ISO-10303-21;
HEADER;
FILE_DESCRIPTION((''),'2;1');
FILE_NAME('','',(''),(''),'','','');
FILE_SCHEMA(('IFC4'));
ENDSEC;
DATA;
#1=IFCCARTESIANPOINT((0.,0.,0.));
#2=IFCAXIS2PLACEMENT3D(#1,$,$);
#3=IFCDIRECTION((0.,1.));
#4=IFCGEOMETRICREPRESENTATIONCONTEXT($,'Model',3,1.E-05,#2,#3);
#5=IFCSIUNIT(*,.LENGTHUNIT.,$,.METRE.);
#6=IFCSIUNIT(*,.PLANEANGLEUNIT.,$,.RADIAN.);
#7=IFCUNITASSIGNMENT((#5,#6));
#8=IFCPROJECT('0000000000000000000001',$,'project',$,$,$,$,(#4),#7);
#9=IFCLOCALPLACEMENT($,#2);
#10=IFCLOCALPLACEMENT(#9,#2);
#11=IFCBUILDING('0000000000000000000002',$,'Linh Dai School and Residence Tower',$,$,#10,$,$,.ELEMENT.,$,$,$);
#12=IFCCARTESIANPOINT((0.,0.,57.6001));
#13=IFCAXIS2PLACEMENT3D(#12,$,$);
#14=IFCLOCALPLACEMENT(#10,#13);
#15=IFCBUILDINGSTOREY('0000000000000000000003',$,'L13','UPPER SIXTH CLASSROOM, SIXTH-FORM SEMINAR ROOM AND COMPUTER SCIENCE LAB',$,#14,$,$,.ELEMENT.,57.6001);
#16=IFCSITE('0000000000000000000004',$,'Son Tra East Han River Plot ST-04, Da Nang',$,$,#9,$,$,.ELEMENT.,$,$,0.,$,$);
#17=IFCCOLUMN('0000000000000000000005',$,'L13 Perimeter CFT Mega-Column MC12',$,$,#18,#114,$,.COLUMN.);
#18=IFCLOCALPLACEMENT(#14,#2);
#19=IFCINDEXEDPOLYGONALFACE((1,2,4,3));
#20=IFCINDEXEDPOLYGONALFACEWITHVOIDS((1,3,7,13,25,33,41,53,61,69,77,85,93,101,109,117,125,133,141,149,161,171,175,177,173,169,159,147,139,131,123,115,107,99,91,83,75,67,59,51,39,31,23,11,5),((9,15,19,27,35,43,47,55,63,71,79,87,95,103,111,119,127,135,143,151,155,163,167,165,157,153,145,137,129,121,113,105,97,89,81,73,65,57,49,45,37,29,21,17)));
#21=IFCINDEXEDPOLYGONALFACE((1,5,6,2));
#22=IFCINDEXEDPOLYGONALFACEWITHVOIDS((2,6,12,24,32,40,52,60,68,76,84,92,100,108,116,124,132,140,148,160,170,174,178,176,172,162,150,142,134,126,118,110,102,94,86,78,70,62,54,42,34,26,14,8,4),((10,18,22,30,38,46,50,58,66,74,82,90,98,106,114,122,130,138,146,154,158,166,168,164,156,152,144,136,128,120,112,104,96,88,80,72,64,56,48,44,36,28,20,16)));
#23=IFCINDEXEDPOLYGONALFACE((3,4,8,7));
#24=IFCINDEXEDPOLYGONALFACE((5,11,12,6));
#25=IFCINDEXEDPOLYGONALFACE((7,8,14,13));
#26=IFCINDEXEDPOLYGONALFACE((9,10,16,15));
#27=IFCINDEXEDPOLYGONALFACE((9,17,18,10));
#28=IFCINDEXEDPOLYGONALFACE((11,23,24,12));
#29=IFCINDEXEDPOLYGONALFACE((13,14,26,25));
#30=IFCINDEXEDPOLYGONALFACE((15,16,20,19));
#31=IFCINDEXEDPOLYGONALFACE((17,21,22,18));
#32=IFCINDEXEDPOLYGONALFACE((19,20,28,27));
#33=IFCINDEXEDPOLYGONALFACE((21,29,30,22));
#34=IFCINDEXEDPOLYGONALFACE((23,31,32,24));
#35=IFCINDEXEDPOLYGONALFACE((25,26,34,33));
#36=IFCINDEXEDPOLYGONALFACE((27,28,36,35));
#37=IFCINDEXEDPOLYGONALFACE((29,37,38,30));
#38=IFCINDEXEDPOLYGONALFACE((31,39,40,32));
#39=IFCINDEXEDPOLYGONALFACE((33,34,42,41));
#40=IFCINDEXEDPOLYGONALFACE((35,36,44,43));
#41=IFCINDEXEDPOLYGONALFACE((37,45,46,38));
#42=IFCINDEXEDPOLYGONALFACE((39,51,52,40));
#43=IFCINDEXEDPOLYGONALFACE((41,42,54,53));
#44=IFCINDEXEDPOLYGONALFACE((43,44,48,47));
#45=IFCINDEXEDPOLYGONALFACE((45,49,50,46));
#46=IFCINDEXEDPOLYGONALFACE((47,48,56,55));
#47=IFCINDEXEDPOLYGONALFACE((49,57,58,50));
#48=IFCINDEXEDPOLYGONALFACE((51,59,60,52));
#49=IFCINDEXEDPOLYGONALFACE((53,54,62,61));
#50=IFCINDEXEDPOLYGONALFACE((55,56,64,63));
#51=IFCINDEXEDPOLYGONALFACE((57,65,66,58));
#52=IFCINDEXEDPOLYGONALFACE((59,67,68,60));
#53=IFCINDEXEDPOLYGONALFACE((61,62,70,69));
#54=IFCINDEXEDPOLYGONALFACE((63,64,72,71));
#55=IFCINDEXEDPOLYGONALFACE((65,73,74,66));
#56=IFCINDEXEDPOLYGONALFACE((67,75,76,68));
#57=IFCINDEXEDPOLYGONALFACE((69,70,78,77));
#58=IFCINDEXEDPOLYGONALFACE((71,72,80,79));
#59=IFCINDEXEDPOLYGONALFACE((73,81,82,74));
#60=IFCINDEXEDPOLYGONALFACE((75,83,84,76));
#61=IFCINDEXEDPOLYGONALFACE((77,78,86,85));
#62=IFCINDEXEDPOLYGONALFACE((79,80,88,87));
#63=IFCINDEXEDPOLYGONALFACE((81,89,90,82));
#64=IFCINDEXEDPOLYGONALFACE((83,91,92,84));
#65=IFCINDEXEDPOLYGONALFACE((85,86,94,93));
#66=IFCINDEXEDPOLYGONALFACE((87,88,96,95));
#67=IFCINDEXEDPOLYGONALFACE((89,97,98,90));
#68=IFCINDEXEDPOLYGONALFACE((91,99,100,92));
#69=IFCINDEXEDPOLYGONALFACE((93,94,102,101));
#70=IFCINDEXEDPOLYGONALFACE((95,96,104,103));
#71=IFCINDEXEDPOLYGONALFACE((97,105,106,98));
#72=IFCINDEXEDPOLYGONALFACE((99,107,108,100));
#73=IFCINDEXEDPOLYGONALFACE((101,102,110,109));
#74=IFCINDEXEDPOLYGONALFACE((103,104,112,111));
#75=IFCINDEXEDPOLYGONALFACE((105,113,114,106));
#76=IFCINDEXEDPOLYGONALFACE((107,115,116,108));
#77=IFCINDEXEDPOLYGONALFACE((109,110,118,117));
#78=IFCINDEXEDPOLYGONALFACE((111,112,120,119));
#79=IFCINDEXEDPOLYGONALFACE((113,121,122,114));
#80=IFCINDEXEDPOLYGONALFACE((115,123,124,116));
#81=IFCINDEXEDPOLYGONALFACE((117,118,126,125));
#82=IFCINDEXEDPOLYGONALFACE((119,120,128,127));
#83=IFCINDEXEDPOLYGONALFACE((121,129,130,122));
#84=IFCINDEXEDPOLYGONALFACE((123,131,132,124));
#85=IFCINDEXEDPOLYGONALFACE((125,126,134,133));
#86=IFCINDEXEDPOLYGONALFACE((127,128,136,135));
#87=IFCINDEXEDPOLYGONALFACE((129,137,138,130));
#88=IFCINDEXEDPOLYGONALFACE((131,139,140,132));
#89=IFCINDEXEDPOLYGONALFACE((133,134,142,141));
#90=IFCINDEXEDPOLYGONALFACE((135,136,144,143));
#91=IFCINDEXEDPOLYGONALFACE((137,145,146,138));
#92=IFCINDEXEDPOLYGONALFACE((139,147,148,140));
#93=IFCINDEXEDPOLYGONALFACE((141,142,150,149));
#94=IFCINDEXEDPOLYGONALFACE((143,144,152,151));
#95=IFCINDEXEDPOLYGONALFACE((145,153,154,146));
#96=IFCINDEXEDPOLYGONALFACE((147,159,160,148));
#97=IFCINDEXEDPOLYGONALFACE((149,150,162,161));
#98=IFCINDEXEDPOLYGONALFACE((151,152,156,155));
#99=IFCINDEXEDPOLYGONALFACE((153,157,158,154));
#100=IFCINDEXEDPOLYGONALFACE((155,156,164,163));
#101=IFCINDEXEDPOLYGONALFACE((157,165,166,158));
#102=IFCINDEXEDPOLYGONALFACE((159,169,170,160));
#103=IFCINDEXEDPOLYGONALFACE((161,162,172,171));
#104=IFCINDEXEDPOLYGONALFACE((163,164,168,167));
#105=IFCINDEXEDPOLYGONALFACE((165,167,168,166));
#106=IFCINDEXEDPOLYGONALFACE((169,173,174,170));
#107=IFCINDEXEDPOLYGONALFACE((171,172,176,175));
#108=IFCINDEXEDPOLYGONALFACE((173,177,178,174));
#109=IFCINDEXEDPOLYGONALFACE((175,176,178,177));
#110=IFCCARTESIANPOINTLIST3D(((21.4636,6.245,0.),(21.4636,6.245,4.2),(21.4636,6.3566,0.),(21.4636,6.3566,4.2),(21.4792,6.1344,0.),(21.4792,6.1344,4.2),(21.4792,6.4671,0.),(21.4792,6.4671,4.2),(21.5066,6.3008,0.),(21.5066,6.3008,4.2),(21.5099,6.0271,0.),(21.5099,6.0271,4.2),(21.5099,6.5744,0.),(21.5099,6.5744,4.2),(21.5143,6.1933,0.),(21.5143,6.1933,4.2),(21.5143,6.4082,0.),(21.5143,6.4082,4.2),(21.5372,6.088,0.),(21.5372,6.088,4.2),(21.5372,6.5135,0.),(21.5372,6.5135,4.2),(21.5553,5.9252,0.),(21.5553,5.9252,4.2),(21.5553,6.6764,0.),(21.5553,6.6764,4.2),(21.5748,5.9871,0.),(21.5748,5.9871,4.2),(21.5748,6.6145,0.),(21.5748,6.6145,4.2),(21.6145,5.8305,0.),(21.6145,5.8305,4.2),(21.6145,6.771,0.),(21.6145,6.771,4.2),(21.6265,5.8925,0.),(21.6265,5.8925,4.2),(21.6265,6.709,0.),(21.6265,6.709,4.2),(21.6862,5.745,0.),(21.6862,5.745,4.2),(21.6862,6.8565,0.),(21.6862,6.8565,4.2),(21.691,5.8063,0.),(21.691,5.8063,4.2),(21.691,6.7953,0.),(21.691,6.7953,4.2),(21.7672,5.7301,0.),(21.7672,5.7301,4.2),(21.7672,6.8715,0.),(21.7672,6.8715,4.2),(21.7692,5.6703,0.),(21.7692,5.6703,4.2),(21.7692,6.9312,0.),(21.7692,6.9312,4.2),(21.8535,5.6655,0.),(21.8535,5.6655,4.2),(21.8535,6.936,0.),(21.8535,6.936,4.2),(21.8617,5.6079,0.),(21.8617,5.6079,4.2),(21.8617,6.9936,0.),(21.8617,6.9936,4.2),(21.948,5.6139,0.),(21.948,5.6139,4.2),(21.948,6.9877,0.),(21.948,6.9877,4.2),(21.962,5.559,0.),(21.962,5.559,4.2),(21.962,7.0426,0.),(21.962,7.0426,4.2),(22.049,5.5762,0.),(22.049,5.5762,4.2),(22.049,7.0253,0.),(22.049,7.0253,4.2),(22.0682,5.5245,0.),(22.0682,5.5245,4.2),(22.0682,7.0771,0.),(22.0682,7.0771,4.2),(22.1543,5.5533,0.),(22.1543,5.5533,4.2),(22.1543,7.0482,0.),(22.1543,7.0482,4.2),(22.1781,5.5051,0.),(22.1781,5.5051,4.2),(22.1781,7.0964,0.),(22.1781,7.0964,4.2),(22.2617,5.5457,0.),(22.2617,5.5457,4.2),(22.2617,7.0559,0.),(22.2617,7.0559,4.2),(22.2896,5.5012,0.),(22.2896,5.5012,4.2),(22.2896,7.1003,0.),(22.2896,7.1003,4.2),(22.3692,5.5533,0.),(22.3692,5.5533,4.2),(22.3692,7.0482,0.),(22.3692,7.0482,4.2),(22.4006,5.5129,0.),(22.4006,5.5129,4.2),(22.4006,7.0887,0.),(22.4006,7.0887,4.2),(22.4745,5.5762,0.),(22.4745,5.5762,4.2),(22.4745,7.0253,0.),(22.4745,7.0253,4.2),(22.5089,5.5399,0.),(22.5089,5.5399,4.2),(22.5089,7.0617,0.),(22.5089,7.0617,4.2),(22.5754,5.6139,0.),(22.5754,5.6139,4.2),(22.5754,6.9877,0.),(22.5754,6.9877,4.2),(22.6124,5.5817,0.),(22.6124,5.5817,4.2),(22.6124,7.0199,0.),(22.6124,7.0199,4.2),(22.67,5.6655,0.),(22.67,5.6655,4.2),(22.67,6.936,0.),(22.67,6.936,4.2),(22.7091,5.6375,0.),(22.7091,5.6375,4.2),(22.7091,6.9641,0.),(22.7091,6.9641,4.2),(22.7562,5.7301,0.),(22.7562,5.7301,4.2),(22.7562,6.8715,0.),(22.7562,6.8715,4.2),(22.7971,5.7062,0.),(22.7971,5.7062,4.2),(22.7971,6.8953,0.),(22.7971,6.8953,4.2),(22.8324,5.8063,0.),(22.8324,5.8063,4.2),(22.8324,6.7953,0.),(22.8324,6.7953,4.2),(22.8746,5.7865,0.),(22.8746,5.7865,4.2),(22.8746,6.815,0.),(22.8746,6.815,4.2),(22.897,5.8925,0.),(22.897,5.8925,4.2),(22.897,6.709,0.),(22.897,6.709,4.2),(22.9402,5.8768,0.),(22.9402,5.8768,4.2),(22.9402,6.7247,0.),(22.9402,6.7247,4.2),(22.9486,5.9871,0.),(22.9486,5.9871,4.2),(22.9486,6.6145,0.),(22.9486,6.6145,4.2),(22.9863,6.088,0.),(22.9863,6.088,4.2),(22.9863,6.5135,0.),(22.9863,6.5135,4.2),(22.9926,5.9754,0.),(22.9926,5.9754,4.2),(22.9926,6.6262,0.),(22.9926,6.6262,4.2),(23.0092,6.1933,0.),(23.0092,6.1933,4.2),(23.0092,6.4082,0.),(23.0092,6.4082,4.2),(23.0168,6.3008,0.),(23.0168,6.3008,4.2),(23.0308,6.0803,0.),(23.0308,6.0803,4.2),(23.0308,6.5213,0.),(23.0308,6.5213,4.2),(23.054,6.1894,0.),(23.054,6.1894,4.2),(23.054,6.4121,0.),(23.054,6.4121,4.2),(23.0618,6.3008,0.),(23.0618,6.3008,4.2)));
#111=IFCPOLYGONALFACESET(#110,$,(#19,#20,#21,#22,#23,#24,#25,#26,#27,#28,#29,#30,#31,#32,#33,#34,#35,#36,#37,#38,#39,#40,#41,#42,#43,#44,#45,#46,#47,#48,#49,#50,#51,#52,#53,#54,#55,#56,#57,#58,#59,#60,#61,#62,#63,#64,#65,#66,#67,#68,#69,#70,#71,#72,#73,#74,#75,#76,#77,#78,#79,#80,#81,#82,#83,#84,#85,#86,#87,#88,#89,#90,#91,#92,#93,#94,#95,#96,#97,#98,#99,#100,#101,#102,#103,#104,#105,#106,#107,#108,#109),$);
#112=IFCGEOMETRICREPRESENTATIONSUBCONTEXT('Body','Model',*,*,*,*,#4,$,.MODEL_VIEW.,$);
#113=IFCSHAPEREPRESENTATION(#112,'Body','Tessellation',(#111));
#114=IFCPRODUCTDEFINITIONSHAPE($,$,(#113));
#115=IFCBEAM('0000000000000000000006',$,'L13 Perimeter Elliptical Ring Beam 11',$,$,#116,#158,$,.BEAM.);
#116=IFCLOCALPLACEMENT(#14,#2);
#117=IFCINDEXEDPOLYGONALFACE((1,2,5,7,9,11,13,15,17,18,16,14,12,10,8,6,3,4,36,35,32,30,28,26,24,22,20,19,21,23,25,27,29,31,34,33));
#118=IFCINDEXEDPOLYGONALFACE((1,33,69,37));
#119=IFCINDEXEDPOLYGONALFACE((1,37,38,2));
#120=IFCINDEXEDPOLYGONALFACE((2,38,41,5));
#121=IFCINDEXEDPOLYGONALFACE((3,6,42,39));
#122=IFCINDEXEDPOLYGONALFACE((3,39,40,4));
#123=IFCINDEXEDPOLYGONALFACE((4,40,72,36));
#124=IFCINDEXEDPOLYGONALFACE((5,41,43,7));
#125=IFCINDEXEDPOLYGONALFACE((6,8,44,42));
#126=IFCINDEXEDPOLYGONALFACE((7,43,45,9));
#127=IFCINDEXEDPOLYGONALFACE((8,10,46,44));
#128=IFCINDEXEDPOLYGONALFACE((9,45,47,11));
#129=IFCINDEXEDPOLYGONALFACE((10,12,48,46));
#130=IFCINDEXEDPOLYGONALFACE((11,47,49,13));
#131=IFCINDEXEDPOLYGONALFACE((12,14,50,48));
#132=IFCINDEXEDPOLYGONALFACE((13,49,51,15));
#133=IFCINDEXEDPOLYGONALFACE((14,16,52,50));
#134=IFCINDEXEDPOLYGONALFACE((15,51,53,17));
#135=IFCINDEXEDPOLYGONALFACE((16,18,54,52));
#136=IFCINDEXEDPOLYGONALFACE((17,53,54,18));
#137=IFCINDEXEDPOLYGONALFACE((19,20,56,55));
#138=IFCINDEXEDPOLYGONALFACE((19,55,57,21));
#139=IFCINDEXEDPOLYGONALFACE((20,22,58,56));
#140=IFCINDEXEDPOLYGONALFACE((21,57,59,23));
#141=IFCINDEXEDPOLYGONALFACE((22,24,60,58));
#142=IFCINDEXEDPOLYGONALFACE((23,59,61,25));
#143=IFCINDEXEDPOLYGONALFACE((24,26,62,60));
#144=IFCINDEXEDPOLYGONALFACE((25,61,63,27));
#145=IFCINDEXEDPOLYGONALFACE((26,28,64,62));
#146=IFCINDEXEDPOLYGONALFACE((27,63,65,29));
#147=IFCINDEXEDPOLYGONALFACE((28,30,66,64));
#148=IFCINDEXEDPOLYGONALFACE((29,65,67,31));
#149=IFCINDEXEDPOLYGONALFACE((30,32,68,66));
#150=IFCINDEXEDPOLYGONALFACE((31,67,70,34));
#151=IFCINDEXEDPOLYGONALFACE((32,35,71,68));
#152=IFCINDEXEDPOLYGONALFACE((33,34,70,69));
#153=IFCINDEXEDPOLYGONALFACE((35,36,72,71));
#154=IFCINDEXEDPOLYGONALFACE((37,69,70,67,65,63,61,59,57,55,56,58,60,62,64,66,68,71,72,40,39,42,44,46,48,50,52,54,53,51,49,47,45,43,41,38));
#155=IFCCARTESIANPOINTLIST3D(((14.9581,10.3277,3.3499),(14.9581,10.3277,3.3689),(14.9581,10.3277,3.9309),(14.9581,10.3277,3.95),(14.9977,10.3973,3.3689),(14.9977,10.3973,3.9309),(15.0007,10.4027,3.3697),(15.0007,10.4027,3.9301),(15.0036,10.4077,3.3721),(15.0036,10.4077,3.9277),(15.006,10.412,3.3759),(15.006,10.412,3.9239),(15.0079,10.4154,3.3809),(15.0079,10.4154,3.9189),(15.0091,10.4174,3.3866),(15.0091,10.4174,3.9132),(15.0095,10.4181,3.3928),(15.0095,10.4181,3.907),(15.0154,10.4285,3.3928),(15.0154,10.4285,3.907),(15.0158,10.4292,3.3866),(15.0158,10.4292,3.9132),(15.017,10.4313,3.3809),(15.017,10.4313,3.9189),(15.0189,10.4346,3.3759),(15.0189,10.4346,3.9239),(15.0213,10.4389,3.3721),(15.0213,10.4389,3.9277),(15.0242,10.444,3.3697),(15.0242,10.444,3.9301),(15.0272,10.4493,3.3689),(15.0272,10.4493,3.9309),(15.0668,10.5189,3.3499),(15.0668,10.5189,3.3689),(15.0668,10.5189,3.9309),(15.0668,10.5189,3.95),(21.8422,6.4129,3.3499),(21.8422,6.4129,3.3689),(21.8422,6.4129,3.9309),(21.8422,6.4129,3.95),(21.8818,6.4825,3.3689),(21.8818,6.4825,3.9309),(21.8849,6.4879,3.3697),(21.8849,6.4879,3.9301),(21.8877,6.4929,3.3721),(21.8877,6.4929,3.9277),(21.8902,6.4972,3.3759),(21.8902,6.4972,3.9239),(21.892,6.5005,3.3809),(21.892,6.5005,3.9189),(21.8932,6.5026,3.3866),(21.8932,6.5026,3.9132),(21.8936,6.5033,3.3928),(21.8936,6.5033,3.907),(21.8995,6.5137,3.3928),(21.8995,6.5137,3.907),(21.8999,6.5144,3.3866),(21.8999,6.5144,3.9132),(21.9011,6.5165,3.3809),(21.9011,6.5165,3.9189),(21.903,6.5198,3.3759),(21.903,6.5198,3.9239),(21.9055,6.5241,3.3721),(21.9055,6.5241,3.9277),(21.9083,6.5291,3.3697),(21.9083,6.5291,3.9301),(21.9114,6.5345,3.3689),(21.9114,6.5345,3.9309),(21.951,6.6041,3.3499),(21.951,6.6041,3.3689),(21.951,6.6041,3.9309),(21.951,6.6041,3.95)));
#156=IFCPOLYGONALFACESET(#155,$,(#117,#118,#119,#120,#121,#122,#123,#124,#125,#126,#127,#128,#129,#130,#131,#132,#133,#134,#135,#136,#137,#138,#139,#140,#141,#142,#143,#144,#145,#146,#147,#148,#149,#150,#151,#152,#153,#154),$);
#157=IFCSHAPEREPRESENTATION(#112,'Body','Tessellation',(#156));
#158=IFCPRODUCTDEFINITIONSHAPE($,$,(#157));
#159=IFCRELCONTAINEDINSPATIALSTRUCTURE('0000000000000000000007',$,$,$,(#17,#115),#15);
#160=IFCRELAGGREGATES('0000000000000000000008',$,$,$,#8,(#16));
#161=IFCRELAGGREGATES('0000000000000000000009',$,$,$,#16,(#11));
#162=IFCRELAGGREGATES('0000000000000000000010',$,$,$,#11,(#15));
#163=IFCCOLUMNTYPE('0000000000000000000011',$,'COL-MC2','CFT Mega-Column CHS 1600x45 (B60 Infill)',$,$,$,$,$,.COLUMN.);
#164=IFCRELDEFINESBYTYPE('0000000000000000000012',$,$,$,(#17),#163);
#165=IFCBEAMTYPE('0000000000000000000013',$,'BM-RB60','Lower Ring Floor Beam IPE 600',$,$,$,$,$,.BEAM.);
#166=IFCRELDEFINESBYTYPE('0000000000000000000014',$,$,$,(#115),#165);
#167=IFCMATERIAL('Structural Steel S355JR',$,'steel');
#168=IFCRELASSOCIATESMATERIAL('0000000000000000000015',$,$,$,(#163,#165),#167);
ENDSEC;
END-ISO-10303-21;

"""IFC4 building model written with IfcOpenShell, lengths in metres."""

from ifc_helpers import new_model, si_unit, direction, frame, origin, origin_2d, place, context, subcontext, project, spatial, hollow_circle, i_section, extrude, material, material_profile, profile_set, type_object, element, save


model = new_model("IFC4")

# Units and contexts
model_context = context("Model", 3, precision=1e-05, world=origin(), true_north=direction((0.0, 1.0)))
body_context = subcontext(model_context, "Body", "Model", "MODEL_VIEW")
ifc_project = project(units=[si_unit("LENGTHUNIT", "METRE"), si_unit("PLANEANGLEUNIT", "RADIAN")], contexts=[model_context])

# Site, building, storey
site_placement = place(None, origin())
site = spatial("IfcSite", under=ifc_project, at=site_placement, Name="Son Tra East Han River Plot ST-04, Da Nang", CompositionType="ELEMENT", RefElevation=0.0)
building_placement = place(site_placement, origin())
building = spatial("IfcBuilding", under=site, at=building_placement, Name="Linh Dai School and Residence Tower", CompositionType="ELEMENT")
storey_placement = place(building_placement, frame((0.0, 0.0, 57.6001)))
storey = spatial("IfcBuildingStorey", under=building, at=storey_placement, Name="L13", Description="UPPER SIXTH CLASSROOM, SIXTH-FORM SEMINAR ROOM AND COMPUTER SCIENCE LAB", CompositionType="ELEMENT", Elevation=57.6001)

# Column
ifc_material_1 = material(Name="Structural Steel S355JR", Category="steel")
ifc_material_profile_1 = material_profile(ifc_material_1, hollow_circle(Radius=0.8, WallThickness=0.0449, at=origin_2d()), Name="CHS 1600x45")
ifc_profile_set_1 = profile_set([ifc_material_profile_1], Name="Structural Steel S355JR")
column_type = type_object("IfcColumnType", Name="COL-MC2", Description="CFT Mega-Column CHS 1600x45 (B60 Infill)", PredefinedType="COLUMN", material=ifc_profile_set_1)
for number, where, z_axis, x_axis, name in (
    (1, (22.2617, 6.3008, 0.0), (0.0, 0.0, 1.0), (1.0, 0.0, 0.0), "L13 Perimeter CFT Mega-Column MC12"),
):
    element("IfcColumn", number, at=place(storey_placement, frame(where, z_axis=z_axis, x_axis=x_axis)), inside=storey, type_object=column_type, Name=name, PredefinedType="COLUMN", context=body_context, shape_type="SweptSolid", body=[
        extrude(hollow_circle(Radius=0.8, WallThickness=0.0449, at=origin_2d()), origin(), (0.0, 0.0, 1.0), 4.2),
    ])

# Beam
ifc_material_profile_2 = material_profile(ifc_material_1, i_section(OverallWidth=0.22, OverallDepth=0.6001, WebThickness=0.012, FlangeThickness=0.019, FilletRadius=0.0239, at=origin_2d()), Name="IPE 600")
ifc_profile_set_2 = profile_set([ifc_material_profile_2], Name="Structural Steel S355JR")
beam_type = type_object("IfcBeamType", Name="BM-RB60", Description="Lower Ring Floor Beam IPE 600", PredefinedType="BEAM", material=ifc_profile_set_2)
beam_1_placement = place(storey_placement, frame((15.0125, 10.4233, 3.6499), z_axis=(0.869271, -0.494335, 0.0), x_axis=(0.494335, 0.869271, 0.0)))
element("IfcBeam", 2, at=beam_1_placement, inside=storey, type_object=beam_type, Name="L13 Perimeter Elliptical Ring Beam 11", PredefinedType="BEAM", context=body_context, shape_type="SweptSolid", body=[
    extrude(i_section(OverallWidth=0.22, OverallDepth=0.6001, WebThickness=0.012, FlangeThickness=0.019, FilletRadius=0.0239, at=origin_2d()), origin(), (0.0, 0.0, 1.0), 7.9194),
])

save(model, "model.ifc")
